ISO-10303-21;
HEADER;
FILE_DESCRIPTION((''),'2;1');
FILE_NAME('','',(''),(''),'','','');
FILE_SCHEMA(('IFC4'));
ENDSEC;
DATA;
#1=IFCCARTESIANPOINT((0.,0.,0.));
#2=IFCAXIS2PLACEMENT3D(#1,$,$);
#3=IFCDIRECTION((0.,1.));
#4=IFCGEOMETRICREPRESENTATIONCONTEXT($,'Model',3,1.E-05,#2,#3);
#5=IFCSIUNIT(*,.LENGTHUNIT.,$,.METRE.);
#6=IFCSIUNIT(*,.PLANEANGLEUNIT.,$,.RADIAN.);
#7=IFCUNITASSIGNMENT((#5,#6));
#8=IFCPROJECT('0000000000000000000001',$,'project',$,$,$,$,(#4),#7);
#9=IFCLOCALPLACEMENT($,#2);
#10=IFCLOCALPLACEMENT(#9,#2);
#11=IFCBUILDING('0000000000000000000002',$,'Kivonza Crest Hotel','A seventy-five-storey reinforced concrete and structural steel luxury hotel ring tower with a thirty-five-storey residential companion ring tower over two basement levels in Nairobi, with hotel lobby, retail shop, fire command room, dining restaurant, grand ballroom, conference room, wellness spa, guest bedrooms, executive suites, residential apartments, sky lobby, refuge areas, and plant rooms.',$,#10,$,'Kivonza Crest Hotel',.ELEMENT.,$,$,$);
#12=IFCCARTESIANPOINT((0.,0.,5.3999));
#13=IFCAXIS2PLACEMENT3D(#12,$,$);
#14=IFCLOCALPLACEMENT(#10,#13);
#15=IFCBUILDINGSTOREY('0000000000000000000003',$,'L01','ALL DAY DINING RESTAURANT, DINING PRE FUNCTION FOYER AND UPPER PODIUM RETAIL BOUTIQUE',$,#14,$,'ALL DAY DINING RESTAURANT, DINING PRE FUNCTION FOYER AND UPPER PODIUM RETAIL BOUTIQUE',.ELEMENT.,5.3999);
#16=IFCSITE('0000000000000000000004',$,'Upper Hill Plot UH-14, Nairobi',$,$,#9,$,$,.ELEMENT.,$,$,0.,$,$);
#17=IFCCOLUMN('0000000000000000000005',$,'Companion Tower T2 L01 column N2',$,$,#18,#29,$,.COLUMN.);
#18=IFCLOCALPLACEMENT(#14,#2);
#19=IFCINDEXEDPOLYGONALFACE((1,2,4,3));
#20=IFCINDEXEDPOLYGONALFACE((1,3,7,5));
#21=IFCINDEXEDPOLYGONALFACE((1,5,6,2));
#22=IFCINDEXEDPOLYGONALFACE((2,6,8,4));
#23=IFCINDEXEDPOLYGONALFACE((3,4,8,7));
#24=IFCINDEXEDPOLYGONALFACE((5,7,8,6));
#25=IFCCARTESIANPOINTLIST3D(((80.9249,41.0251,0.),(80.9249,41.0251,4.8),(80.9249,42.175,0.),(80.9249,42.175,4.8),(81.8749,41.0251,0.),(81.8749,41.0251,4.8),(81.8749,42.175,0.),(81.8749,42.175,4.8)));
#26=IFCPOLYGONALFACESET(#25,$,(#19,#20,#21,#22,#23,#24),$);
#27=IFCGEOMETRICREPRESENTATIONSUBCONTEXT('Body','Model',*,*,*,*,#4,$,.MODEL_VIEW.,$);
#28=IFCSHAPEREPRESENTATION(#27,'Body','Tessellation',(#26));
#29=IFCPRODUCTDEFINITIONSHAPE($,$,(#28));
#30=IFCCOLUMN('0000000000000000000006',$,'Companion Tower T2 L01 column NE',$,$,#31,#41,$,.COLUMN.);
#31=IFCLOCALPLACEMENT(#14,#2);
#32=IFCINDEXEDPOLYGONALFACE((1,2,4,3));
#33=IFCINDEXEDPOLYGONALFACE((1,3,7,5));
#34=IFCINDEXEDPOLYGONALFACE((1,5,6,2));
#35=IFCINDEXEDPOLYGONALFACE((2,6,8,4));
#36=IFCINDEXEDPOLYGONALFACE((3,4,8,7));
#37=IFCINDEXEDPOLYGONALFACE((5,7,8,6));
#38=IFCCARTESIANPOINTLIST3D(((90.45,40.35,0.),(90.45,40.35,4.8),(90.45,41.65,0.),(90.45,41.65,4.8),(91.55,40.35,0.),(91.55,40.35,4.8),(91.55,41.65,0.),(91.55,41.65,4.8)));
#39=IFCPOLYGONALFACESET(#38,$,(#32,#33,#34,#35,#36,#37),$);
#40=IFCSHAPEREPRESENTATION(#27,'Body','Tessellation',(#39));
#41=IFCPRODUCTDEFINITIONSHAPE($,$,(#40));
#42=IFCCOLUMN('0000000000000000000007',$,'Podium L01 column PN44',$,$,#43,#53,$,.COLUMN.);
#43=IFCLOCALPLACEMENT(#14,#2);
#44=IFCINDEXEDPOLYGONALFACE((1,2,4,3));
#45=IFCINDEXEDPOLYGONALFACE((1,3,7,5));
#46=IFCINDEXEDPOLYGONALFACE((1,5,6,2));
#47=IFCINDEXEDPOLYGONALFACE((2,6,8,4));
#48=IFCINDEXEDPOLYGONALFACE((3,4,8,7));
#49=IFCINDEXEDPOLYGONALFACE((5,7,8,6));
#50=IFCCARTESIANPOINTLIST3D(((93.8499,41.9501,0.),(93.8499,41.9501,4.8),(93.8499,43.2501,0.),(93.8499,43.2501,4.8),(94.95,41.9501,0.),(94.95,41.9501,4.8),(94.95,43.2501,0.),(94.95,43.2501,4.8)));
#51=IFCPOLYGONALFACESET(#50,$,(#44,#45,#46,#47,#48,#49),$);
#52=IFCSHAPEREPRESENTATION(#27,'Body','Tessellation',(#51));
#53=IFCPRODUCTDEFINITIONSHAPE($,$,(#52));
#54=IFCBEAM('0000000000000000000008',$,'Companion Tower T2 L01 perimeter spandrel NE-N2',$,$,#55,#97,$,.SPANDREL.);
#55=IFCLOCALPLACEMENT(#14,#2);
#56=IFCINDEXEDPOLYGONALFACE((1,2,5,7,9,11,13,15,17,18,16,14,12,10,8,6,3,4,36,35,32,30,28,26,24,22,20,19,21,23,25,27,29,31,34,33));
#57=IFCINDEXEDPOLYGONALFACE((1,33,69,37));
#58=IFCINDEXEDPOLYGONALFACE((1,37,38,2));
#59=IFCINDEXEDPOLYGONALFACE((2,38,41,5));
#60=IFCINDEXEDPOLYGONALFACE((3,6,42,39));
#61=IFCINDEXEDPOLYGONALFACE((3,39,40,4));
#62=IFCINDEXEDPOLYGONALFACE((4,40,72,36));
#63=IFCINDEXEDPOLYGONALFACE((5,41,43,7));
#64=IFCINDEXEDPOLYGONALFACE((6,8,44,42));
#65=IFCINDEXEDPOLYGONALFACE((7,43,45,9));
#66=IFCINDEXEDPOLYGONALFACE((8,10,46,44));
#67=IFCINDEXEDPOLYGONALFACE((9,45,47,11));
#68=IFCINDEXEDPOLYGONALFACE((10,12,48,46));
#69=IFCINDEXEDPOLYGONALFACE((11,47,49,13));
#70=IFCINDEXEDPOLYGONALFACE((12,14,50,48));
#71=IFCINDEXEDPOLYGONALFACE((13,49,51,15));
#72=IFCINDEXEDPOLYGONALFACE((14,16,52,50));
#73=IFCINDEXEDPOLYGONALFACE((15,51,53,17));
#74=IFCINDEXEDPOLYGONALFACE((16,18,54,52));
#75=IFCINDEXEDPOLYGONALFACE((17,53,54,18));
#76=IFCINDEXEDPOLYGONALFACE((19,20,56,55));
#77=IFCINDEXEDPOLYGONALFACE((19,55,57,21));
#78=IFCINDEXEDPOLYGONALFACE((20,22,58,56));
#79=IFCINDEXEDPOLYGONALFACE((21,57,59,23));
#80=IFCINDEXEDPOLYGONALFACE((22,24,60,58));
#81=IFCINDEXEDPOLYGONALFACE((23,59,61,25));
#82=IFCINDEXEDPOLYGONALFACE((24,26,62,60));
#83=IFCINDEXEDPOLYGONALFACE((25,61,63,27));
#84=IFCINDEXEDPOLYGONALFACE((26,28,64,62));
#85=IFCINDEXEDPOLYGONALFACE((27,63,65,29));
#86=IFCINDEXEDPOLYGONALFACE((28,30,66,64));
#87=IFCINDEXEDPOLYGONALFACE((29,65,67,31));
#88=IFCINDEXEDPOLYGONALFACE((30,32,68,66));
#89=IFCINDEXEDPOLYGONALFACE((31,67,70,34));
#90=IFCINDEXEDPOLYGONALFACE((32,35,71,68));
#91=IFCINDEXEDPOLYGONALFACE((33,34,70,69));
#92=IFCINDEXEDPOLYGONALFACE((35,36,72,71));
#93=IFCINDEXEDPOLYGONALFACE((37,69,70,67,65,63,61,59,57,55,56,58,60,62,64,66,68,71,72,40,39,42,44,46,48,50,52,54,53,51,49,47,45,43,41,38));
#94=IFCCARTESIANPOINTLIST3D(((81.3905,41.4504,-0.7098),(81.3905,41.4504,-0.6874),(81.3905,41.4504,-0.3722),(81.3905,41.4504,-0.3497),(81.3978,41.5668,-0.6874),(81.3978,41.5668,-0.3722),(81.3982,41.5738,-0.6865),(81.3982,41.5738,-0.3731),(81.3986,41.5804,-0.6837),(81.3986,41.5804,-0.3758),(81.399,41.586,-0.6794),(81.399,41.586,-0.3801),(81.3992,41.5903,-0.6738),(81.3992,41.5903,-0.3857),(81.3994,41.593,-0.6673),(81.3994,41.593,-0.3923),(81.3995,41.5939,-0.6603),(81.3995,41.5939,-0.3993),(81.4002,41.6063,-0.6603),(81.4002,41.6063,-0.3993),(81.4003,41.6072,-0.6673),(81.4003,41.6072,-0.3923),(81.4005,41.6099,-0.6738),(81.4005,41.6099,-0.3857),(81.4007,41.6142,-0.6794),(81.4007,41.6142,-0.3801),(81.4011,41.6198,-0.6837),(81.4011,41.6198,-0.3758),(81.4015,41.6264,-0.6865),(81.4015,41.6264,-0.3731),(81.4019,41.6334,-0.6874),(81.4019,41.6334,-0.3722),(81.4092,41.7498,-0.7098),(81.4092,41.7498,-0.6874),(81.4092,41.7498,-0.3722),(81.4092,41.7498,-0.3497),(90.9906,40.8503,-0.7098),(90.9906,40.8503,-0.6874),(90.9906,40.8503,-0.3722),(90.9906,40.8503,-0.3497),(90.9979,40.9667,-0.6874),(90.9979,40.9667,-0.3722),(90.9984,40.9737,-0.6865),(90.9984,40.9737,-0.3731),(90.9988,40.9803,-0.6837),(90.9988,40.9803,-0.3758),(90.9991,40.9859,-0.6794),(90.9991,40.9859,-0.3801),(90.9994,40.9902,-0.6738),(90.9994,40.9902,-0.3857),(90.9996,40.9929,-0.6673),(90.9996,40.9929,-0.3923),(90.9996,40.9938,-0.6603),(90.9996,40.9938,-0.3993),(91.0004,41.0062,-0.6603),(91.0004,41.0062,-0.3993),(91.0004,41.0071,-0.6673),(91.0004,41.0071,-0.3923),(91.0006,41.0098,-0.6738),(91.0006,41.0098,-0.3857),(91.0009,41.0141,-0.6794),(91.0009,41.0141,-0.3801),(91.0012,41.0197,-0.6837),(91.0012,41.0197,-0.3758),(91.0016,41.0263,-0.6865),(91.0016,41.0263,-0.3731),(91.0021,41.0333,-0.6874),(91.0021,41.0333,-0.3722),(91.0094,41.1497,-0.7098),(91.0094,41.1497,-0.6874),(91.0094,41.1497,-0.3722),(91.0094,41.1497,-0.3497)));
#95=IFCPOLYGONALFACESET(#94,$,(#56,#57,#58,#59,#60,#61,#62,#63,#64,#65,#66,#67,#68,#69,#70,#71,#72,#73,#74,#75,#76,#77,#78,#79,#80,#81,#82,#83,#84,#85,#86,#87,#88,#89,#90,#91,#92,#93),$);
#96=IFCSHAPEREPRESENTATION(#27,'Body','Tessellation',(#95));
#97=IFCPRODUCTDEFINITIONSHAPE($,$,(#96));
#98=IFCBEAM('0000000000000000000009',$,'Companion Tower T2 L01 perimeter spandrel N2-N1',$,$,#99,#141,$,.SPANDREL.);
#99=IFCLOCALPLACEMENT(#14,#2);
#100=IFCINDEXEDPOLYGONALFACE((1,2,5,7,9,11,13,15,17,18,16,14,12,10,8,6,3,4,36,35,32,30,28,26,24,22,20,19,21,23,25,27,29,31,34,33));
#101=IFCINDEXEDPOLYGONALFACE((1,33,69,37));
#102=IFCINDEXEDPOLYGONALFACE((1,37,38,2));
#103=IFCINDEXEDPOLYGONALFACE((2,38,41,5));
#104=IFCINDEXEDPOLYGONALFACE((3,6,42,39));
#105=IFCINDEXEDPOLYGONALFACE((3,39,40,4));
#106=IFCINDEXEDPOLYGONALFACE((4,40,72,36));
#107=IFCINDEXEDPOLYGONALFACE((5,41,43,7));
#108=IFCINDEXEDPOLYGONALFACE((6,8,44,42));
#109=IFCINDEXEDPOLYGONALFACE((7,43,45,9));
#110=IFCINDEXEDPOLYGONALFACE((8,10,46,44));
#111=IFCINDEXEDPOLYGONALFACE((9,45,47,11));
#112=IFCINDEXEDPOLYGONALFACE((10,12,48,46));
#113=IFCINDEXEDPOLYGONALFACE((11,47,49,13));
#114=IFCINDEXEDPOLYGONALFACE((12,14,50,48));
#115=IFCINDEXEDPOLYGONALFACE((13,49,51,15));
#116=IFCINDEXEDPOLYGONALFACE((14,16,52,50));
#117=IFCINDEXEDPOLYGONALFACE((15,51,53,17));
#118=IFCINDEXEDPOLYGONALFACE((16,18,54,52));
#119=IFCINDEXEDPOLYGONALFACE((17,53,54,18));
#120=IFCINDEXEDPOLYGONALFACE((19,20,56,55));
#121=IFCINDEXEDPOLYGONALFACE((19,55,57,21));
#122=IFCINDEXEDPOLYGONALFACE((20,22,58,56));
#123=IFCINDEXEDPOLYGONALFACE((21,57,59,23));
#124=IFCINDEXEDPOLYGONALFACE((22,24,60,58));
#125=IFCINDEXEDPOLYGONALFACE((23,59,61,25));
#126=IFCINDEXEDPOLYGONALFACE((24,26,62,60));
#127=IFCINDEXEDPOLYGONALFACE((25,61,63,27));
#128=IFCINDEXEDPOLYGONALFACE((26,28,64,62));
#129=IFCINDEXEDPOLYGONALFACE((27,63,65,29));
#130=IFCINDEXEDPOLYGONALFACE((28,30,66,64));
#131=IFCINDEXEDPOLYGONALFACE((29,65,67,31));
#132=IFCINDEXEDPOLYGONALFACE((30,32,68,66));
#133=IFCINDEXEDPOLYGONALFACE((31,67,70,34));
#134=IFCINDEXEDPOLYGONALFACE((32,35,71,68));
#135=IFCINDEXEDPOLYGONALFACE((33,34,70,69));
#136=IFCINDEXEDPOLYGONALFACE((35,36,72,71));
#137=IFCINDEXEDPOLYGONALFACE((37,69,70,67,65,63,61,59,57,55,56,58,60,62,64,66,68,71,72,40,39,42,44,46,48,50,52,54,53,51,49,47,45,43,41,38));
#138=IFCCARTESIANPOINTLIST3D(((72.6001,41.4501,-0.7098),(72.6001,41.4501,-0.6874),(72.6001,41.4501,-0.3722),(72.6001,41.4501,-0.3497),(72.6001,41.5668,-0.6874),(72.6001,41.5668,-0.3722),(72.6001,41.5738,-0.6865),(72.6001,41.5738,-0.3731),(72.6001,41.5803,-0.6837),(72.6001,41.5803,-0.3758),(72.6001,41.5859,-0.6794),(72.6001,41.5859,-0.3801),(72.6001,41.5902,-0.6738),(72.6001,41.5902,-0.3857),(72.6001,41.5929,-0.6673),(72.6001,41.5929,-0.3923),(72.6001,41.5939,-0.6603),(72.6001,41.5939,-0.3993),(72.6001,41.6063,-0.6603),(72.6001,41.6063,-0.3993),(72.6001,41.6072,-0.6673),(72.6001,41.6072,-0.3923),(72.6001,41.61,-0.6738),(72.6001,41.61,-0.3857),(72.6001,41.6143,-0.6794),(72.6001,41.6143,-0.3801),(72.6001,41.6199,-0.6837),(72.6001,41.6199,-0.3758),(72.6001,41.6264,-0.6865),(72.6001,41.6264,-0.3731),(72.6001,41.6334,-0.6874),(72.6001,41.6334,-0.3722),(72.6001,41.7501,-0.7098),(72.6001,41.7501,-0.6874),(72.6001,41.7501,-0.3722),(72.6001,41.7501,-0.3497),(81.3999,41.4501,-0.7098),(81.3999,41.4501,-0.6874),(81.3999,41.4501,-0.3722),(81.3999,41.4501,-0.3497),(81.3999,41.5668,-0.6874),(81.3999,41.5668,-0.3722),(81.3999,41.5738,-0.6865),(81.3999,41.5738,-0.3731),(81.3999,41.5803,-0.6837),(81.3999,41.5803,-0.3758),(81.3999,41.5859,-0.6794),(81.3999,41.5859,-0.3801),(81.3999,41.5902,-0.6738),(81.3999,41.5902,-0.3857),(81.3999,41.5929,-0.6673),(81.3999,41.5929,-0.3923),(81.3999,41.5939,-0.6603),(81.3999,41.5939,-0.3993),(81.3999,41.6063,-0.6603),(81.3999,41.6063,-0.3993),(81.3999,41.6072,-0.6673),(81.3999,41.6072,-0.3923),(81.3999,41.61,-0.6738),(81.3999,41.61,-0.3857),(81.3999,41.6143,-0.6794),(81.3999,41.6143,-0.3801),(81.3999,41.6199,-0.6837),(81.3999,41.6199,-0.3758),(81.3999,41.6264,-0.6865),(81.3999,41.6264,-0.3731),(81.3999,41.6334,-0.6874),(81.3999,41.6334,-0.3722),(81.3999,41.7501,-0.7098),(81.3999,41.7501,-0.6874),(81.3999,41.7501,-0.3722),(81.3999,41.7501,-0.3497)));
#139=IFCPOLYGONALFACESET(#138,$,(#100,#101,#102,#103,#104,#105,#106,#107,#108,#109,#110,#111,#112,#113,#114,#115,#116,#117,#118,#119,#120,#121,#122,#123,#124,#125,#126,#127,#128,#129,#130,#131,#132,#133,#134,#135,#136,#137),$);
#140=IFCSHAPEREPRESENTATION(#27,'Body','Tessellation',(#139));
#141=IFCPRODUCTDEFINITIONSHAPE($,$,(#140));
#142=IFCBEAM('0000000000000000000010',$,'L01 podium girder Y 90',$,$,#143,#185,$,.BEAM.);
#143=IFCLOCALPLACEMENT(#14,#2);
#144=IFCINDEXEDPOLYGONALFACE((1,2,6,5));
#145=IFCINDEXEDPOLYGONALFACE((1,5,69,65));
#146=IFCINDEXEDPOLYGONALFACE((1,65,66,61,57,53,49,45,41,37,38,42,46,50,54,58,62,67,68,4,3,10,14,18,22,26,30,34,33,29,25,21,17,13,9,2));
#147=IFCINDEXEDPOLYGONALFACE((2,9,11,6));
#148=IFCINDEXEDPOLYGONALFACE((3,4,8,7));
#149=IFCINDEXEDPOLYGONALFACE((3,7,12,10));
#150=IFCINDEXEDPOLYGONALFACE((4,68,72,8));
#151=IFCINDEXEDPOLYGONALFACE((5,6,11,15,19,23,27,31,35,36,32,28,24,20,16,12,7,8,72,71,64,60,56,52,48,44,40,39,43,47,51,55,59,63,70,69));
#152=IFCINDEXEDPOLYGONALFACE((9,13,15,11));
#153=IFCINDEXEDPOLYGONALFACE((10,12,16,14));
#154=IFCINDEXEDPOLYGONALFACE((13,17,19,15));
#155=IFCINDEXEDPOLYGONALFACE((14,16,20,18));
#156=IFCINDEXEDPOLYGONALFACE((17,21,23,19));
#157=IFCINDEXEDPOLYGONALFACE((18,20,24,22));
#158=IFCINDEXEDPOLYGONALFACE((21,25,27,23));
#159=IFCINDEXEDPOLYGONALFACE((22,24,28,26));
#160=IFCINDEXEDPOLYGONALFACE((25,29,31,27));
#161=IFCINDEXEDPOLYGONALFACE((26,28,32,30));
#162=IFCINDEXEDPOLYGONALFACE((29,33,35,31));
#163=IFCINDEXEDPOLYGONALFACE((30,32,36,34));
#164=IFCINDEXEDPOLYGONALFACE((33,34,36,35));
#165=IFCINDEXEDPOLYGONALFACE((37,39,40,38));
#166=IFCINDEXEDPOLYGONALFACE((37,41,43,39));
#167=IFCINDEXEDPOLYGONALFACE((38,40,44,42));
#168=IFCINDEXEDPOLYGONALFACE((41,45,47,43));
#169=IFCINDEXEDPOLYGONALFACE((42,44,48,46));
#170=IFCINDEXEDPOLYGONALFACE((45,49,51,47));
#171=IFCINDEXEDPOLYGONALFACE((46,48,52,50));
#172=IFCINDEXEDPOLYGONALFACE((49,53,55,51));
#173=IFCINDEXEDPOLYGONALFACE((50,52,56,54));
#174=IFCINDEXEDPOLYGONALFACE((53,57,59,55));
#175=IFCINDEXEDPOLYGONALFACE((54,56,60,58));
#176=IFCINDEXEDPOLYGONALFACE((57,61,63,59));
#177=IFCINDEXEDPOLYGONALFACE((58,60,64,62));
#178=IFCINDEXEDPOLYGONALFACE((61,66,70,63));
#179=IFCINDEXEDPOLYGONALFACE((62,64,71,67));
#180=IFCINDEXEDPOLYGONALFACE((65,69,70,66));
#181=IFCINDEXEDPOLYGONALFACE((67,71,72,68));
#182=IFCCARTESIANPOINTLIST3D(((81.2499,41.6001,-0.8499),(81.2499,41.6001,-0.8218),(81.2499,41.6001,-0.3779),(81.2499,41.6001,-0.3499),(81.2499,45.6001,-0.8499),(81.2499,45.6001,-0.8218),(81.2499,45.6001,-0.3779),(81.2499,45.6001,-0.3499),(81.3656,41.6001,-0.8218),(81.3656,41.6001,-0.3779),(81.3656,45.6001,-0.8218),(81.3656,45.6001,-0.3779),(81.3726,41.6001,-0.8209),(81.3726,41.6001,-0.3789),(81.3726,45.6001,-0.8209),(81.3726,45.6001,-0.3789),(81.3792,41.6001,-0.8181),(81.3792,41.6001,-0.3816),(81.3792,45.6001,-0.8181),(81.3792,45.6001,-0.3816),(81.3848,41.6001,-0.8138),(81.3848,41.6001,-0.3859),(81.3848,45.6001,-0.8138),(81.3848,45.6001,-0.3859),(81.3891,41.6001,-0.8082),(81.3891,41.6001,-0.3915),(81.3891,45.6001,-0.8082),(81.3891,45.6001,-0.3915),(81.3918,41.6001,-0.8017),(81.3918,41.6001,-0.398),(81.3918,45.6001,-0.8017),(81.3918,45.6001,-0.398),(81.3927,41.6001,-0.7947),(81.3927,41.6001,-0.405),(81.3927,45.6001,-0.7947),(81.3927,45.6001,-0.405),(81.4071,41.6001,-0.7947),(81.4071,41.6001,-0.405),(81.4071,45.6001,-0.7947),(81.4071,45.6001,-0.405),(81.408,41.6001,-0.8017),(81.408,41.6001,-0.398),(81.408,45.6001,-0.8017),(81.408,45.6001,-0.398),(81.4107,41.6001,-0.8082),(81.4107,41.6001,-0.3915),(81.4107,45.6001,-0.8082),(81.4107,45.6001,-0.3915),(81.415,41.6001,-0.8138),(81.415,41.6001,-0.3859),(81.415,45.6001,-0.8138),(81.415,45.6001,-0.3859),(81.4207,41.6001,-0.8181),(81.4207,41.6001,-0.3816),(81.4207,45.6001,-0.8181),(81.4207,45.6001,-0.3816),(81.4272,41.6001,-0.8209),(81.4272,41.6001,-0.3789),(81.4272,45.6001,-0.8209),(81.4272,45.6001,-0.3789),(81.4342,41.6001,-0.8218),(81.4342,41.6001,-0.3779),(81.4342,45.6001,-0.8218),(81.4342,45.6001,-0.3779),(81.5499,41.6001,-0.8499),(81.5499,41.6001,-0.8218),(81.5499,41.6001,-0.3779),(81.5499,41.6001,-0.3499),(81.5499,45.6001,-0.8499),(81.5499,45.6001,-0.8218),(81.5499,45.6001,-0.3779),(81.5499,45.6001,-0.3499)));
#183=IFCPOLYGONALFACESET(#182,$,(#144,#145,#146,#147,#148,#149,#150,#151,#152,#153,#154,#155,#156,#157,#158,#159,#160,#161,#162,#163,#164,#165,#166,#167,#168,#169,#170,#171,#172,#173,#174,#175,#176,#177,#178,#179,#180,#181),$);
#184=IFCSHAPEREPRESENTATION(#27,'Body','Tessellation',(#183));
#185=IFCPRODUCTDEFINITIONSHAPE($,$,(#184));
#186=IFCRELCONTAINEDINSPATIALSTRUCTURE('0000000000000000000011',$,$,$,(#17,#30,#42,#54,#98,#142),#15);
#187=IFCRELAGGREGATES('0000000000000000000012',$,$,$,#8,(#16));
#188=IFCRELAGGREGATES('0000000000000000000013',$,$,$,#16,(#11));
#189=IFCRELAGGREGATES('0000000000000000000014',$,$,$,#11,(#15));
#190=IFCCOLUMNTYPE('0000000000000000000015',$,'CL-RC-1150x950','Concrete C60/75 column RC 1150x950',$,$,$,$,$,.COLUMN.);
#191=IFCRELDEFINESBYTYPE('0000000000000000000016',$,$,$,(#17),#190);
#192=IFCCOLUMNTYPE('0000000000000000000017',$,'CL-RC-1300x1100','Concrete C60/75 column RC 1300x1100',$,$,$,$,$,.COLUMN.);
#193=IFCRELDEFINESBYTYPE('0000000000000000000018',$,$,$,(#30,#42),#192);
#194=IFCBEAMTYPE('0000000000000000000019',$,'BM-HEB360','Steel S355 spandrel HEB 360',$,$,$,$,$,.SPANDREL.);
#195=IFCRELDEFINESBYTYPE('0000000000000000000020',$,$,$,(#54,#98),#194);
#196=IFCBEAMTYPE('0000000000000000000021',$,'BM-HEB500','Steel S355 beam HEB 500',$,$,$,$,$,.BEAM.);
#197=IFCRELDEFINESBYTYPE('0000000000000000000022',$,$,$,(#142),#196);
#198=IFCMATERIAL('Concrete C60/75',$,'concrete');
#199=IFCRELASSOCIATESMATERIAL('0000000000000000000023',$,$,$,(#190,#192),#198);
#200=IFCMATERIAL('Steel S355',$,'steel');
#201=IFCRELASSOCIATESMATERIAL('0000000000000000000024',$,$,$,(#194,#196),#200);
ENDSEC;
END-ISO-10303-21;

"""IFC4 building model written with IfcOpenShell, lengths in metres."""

from ifc_helpers import new_model, si_unit, direction, frame, origin, origin_2d, place, context, subcontext, project, spatial, rectangle, i_section, extrude, material, material_profile, profile_set, type_object, element, save


model = new_model("IFC4")

# Units and contexts
model_context = context("Model", 3, precision=1e-05, world=origin(), true_north=direction((0.0, 1.0)))
body_context = subcontext(model_context, "Body", "Model", "MODEL_VIEW")
ifc_project = project(units=[si_unit("LENGTHUNIT", "METRE"), si_unit("PLANEANGLEUNIT", "RADIAN")], contexts=[model_context])

# Site, building, storey
site_placement = place(None, origin())
site = spatial("IfcSite", under=ifc_project, at=site_placement, Name="Upper Hill Plot UH-14, Nairobi", CompositionType="ELEMENT", RefElevation=0.0)
building_placement = place(site_placement, origin())
building = spatial("IfcBuilding", under=site, at=building_placement, Name="Kivonza Crest Hotel", Description="A seventy-five-storey reinforced concrete and structural steel luxury hotel ring tower with a thirty-five-storey residential companion ring tower over two basement levels in Nairobi, with hotel lobby, retail shop, fire command room, dining restaurant, grand ballroom, conference room, wellness spa, guest bedrooms, executive suites, residential apartments, sky lobby, refuge areas, and plant rooms.", LongName="Kivonza Crest Hotel", CompositionType="ELEMENT")
storey_placement = place(building_placement, frame((0.0, 0.0, 5.3999)))
storey = spatial("IfcBuildingStorey", under=building, at=storey_placement, Name="L01", Description="ALL DAY DINING RESTAURANT, DINING PRE FUNCTION FOYER AND UPPER PODIUM RETAIL BOUTIQUE", LongName="ALL DAY DINING RESTAURANT, DINING PRE FUNCTION FOYER AND UPPER PODIUM RETAIL BOUTIQUE", CompositionType="ELEMENT", Elevation=5.3999)

# Columns
ifc_material_1 = material(Name="Concrete C60/75", Category="concrete")
ifc_material_profile_1 = material_profile(ifc_material_1, rectangle(XDim=0.95, YDim=1.1499, at=origin_2d()), Name="RC 1150x950")
ifc_profile_set_1 = profile_set([ifc_material_profile_1], Name="Concrete C60/75")
column_type_1 = type_object("IfcColumnType", Name="CL-RC-1150x950", Description="Concrete C60/75 column RC 1150x950", PredefinedType="COLUMN", material=ifc_profile_set_1)
column_placement = place(storey_placement, frame((81.3999, 41.6001, 0.0), z_axis=(0.0, 0.0, 1.0), x_axis=(1.0, 0.0, 0.0)))
element("IfcColumn", 1, at=column_placement, inside=storey, type_object=column_type_1, Name="Companion Tower T2 L01 column N2", PredefinedType="COLUMN", context=body_context, shape_type="SweptSolid", body=[
    extrude(rectangle(XDim=0.95, YDim=1.1499, at=origin_2d()), origin(), (0.0, 0.0, 1.0), 4.8),
])
ifc_material_profile_2 = material_profile(ifc_material_1, rectangle(XDim=1.1001, YDim=1.3, at=origin_2d()), Name="RC 1300x1100")
ifc_profile_set_2 = profile_set([ifc_material_profile_2], Name="Concrete C60/75")
column_type_2 = type_object("IfcColumnType", Name="CL-RC-1300x1100", Description="Concrete C60/75 column RC 1300x1100", PredefinedType="COLUMN", material=ifc_profile_set_2)
for number, where, z_axis, x_axis, name in (
    (2, (91.0, 41.0, 0.0), (0.0, 0.0, 1.0), (1.0, 0.0, 0.0), "Companion Tower T2 L01 column NE"),
    (3, (94.3999, 42.6001, 0.0), (0.0, 0.0, 1.0), (1.0, 0.0, 0.0), "Podium L01 column PN44"),
):
    element("IfcColumn", number, at=place(storey_placement, frame(where, z_axis=z_axis, x_axis=x_axis)), inside=storey, type_object=column_type_2, Name=name, PredefinedType="COLUMN", context=body_context, shape_type="SweptSolid", body=[
        extrude(rectangle(XDim=1.1001, YDim=1.3, at=origin_2d()), origin(), (0.0, 0.0, 1.0), 4.8),
    ])

# Beams
ifc_material_2 = material(Name="Steel S355", Category="steel")
ifc_material_profile_3 = material_profile(ifc_material_2, i_section(OverallWidth=0.3, OverallDepth=0.3601, WebThickness=0.0125, FlangeThickness=0.0225, FilletRadius=0.0271, at=origin_2d()), Name="HEB 360")
ifc_profile_set_3 = profile_set([ifc_material_profile_3], Name="Steel S355")
beam_type_1 = type_object("IfcBeamType", Name="BM-HEB360", Description="Steel S355 spandrel HEB 360", PredefinedType="SPANDREL", material=ifc_profile_set_3)
beam_1_placement = place(storey_placement, frame((91.0, 41.0, -0.5298), z_axis=(-0.998052, 0.062388, 0.0), x_axis=(-0.062388, -0.998052, 0.0)))
element("IfcBeam", 4, at=beam_1_placement, inside=storey, type_object=beam_type_1, Name="Companion Tower T2 L01 perimeter spandrel NE-N2", PredefinedType="SPANDREL", context=body_context, shape_type="SweptSolid", body=[
    extrude(i_section(OverallWidth=0.3, OverallDepth=0.3601, WebThickness=0.0125, FlangeThickness=0.0225, FilletRadius=0.0271, at=origin_2d()), origin(), (0.0, 0.0, 1.0), 9.6189),
])
beam_2_placement = place(storey_placement, frame((81.3999, 41.6001, -0.5298), z_axis=(-1.0, 0.0, 0.0), x_axis=(0.0, -1.0, 0.0)))
element("IfcBeam", 5, at=beam_2_placement, inside=storey, type_object=beam_type_1, Name="Companion Tower T2 L01 perimeter spandrel N2-N1", PredefinedType="SPANDREL", context=body_context, shape_type="SweptSolid", body=[
    extrude(i_section(OverallWidth=0.3, OverallDepth=0.3601, WebThickness=0.0125, FlangeThickness=0.0225, FilletRadius=0.0271, at=origin_2d()), origin(), (0.0, 0.0, 1.0), 8.7998),
])
ifc_material_profile_4 = material_profile(ifc_material_2, i_section(OverallWidth=0.3, OverallDepth=0.5, WebThickness=0.0144, FlangeThickness=0.0281, FilletRadius=0.0271, at=origin_2d()), Name="HEB 500")
ifc_profile_set_4 = profile_set([ifc_material_profile_4], Name="Steel S355")
beam_type_2 = type_object("IfcBeamType", Name="BM-HEB500", Description="Steel S355 beam HEB 500", PredefinedType="BEAM", material=ifc_profile_set_4)
beam_3_placement = place(storey_placement, frame((81.3999, 41.6001, -0.5999), z_axis=(0.0, 1.0, 0.0), x_axis=(-1.0, 0.0, 0.0)))
element("IfcBeam", 6, at=beam_3_placement, inside=storey, type_object=beam_type_2, Name="L01 podium girder Y 90", PredefinedType="BEAM", context=body_context, shape_type="SweptSolid", body=[
    extrude(i_section(OverallWidth=0.3, OverallDepth=0.5, WebThickness=0.0144, FlangeThickness=0.0281, FilletRadius=0.0271, at=origin_2d()), origin(), (0.0, 0.0, 1.0), 4.0),
])

save(model, "model.ifc")
